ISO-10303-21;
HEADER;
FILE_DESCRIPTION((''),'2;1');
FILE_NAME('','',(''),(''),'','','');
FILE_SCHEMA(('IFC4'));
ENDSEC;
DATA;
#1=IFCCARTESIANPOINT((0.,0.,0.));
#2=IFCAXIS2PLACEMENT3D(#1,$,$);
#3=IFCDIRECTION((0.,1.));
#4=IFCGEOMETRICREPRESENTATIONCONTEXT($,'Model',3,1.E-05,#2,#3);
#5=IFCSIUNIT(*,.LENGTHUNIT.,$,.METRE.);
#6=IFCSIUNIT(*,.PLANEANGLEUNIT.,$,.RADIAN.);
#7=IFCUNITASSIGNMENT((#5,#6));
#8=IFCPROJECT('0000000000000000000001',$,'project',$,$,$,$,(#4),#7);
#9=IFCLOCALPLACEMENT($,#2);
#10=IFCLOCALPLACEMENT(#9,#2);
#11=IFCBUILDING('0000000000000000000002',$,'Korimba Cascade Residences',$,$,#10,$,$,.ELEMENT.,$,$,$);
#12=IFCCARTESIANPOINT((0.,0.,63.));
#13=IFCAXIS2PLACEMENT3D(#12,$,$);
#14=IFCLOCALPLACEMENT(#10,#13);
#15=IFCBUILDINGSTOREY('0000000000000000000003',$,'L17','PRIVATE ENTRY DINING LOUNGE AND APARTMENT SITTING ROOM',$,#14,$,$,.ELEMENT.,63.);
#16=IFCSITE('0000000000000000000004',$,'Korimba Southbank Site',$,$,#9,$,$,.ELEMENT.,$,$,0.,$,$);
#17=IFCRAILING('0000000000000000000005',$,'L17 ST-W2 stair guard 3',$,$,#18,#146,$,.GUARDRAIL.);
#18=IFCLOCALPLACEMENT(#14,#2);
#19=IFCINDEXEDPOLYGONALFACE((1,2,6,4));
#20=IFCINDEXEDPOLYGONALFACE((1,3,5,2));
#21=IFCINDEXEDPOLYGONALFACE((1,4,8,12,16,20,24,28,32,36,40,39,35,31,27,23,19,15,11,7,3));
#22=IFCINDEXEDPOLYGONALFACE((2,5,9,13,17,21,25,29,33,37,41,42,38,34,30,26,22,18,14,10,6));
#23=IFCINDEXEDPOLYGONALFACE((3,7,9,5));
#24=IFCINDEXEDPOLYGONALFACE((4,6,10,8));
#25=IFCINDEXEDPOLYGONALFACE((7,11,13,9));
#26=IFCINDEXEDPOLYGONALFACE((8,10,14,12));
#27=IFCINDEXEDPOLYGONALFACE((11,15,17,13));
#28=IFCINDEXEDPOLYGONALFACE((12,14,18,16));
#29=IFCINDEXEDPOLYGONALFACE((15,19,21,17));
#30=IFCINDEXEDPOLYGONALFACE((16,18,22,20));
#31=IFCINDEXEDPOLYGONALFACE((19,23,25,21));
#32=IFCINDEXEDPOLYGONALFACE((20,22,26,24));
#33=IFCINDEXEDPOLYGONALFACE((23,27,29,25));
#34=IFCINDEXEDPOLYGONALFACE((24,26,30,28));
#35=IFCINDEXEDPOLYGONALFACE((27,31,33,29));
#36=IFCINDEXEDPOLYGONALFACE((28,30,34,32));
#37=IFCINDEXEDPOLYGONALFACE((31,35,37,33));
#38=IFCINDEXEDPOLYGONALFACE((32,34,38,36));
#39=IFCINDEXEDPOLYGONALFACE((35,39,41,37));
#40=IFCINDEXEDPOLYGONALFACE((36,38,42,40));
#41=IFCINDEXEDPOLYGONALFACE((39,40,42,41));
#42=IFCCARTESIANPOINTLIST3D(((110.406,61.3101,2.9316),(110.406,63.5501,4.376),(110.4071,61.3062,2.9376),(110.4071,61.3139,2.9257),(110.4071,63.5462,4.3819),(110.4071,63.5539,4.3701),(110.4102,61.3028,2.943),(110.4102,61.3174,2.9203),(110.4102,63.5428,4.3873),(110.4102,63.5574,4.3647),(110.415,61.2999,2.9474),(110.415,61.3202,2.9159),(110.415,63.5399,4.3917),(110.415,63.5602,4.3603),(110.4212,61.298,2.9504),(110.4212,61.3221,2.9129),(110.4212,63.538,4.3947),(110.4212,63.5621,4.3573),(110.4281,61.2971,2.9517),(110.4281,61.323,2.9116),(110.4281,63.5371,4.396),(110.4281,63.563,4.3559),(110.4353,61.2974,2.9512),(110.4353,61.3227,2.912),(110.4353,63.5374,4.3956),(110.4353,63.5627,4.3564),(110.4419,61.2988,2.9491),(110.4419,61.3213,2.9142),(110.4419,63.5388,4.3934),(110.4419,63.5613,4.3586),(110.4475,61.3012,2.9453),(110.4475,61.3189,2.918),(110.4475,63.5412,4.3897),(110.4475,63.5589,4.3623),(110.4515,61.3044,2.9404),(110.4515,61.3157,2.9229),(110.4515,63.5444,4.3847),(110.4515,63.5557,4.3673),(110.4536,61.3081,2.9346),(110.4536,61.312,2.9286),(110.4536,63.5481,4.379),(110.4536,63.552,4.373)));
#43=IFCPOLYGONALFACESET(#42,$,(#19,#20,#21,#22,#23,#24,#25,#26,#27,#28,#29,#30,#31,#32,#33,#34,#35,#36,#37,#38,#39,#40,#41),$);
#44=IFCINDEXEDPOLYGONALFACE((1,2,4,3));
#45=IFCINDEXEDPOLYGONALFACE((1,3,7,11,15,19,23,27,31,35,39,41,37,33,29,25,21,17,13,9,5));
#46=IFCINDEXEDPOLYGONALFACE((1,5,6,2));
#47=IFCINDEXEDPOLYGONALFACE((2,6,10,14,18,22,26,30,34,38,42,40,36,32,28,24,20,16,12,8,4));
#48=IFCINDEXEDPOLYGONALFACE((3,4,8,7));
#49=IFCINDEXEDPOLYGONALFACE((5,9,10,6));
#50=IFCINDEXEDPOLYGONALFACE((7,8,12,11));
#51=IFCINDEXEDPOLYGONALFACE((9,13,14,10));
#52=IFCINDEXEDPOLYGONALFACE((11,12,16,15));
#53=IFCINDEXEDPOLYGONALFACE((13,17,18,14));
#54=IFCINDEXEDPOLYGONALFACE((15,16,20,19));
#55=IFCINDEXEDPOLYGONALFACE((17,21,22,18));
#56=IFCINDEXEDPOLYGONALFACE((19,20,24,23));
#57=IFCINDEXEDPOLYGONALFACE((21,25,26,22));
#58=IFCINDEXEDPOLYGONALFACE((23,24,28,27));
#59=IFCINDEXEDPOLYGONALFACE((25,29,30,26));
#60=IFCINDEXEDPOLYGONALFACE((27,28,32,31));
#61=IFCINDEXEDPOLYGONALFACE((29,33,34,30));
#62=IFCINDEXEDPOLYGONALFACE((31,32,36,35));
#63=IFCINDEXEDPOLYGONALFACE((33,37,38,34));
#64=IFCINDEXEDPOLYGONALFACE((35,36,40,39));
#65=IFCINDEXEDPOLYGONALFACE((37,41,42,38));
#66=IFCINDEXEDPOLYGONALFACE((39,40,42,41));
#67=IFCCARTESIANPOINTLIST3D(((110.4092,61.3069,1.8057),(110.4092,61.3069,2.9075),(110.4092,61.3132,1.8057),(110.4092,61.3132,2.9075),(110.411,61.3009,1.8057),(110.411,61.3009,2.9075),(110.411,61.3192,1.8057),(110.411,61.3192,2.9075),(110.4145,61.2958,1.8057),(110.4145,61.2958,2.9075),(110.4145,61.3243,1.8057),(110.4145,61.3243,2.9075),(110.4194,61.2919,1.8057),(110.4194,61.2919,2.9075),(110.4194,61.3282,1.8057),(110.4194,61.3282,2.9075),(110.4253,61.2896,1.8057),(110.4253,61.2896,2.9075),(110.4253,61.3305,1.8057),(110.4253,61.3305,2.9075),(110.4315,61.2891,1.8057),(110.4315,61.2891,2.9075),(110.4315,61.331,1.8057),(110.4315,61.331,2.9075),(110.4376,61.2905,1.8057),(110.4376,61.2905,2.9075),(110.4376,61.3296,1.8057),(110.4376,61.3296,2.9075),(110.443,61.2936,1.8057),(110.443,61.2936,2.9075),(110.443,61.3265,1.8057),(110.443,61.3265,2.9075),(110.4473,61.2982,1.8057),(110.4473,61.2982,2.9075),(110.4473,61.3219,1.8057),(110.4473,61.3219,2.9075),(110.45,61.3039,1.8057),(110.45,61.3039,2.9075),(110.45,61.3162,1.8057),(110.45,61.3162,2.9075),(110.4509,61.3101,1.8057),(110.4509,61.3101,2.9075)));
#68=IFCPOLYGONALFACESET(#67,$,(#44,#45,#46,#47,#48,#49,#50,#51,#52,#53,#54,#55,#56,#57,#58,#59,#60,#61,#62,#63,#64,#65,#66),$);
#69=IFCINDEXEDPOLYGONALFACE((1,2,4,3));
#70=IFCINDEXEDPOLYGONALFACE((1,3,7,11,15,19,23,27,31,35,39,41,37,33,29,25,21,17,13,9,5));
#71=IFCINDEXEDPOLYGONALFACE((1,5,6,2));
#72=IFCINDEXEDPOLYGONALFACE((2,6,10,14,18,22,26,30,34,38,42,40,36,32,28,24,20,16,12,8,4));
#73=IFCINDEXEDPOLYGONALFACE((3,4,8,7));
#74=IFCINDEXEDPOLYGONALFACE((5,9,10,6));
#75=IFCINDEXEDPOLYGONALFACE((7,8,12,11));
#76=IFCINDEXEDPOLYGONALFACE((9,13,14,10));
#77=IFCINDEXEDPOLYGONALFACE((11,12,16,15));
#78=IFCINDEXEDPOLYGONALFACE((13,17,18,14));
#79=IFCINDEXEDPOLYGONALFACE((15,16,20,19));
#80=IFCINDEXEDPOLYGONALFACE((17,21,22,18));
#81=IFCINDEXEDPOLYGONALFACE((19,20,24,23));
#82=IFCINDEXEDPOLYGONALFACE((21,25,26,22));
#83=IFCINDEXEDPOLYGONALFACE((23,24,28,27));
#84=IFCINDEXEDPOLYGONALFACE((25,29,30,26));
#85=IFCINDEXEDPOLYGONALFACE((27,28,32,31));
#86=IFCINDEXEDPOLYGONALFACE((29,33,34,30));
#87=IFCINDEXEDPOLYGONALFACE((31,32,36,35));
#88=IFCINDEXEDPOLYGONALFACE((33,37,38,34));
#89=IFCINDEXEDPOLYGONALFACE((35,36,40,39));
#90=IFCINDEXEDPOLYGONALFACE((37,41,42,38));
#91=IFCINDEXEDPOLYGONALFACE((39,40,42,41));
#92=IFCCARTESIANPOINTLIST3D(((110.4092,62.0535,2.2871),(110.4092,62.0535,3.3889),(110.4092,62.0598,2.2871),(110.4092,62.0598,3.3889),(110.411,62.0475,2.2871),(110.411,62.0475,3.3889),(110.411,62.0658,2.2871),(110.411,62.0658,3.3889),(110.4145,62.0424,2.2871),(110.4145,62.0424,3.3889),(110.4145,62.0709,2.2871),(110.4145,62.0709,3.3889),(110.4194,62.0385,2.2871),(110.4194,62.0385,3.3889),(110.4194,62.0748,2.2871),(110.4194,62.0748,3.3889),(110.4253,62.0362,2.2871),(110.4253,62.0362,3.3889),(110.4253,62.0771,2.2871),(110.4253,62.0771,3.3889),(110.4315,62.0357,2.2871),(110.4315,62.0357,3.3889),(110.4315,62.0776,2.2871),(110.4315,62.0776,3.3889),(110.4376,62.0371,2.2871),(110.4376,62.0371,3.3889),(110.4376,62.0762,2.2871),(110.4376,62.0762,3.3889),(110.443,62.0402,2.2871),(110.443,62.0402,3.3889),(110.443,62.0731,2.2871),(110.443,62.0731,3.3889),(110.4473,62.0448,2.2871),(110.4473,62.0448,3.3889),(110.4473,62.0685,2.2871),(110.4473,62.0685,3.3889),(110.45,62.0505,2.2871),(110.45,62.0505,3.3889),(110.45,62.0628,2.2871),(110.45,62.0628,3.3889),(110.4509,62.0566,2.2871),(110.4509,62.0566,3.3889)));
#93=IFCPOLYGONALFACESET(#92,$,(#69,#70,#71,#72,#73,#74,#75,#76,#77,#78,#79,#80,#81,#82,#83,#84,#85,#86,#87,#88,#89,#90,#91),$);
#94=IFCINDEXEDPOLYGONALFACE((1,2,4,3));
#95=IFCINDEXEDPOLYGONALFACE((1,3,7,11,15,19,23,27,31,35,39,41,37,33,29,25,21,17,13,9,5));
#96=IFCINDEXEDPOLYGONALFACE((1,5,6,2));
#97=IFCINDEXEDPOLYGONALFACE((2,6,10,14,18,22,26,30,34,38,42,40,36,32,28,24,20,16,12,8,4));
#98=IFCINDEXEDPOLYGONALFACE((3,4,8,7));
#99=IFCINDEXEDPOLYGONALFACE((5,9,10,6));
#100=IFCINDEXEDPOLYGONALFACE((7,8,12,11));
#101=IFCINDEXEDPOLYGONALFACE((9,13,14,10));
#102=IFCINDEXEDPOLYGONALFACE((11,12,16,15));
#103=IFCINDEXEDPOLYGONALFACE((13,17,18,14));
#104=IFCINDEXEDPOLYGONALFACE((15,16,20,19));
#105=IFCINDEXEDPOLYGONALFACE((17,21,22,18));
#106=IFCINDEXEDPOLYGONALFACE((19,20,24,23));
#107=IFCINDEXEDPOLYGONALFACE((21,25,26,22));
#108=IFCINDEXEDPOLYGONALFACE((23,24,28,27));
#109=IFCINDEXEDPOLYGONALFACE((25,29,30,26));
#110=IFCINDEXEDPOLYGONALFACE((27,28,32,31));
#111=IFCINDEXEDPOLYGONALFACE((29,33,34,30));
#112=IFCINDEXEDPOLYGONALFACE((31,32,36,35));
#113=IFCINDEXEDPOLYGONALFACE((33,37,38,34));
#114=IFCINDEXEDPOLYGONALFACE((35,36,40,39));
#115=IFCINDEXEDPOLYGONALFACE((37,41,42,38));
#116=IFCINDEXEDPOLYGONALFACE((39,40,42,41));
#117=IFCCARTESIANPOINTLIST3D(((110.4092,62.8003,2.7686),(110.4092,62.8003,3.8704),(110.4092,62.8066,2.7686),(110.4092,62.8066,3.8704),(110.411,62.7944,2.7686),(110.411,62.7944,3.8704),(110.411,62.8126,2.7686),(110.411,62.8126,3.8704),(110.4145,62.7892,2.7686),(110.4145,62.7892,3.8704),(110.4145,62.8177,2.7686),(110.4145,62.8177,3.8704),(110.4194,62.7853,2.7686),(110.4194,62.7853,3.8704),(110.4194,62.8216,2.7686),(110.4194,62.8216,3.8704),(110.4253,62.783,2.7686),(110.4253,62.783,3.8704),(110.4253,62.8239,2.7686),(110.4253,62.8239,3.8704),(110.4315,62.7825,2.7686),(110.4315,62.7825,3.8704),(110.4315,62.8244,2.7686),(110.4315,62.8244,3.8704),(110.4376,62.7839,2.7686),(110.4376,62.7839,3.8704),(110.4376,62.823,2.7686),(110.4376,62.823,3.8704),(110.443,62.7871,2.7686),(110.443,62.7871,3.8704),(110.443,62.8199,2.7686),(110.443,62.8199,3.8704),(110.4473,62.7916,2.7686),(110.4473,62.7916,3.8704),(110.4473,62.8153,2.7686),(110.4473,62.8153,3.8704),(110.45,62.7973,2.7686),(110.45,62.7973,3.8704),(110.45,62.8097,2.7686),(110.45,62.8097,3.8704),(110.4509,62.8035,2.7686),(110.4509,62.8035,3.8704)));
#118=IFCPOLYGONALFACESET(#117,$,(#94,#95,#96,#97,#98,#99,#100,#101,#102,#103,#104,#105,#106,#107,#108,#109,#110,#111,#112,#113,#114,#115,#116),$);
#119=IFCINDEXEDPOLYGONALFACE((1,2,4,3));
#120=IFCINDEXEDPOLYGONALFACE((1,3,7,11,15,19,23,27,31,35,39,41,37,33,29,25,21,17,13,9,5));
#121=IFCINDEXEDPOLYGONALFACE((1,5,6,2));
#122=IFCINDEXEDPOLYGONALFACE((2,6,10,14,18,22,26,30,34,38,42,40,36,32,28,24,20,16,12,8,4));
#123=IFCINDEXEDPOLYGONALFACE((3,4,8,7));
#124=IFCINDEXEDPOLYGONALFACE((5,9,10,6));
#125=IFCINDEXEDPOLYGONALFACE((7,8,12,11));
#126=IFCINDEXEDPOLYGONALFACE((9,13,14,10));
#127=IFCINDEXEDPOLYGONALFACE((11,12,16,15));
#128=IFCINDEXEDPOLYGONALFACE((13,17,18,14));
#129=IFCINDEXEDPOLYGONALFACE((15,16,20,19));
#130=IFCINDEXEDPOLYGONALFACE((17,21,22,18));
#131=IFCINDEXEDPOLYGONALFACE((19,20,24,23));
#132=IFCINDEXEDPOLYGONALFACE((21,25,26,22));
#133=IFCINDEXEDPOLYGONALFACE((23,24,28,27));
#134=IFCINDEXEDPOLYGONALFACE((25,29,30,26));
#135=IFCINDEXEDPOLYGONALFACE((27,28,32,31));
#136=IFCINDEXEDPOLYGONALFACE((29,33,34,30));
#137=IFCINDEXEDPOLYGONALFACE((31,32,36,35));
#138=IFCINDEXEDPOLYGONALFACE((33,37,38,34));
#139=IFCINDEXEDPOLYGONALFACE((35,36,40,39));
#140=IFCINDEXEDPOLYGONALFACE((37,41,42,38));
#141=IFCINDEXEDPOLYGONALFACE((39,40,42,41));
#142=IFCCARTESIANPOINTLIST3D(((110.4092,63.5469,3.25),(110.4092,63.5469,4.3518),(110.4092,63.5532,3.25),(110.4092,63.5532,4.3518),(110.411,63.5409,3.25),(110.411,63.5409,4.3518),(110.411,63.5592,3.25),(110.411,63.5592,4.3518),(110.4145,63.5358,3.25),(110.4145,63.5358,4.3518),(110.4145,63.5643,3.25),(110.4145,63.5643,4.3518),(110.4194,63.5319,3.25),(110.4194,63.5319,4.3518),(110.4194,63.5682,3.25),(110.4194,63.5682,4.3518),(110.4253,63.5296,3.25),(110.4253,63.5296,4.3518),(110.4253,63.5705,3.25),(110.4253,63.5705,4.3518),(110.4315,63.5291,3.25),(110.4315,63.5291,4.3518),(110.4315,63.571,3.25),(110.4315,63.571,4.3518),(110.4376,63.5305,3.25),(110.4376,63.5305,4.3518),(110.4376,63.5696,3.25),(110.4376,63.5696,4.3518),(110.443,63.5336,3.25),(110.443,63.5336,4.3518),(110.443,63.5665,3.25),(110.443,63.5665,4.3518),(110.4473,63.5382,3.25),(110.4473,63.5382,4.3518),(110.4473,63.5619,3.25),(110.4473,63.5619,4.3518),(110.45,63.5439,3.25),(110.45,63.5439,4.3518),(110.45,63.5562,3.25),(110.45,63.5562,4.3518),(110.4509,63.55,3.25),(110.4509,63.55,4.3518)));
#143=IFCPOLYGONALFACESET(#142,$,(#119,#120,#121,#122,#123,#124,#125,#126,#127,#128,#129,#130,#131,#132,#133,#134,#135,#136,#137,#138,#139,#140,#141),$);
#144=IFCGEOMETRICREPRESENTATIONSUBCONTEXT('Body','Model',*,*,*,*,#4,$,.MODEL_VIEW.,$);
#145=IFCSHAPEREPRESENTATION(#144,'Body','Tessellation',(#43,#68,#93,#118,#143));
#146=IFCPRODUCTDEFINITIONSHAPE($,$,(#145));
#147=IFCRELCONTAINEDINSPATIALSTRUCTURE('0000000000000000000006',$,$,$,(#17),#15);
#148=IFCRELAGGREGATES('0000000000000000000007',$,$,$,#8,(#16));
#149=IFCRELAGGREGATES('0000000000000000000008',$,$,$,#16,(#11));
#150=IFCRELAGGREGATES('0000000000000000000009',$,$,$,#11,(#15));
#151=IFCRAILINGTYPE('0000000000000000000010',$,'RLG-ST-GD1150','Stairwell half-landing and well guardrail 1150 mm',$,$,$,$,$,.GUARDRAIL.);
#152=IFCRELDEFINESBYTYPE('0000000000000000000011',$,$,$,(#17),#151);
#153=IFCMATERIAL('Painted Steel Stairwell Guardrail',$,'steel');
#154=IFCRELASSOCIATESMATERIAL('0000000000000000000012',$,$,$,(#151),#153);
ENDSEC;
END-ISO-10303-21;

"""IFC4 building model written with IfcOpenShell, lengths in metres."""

from ifc_helpers import new_model, si_unit, direction, frame, origin, origin_2d, place, context, subcontext, project, spatial, circle, extrude, material, type_object, element, save


model = new_model("IFC4")

# Units and contexts
model_context = context("Model", 3, precision=1e-05, world=origin(), true_north=direction((0.0, 1.0)))
body_context = subcontext(model_context, "Body", "Model", "MODEL_VIEW")
ifc_project = project(units=[si_unit("LENGTHUNIT", "METRE"), si_unit("PLANEANGLEUNIT", "RADIAN")], contexts=[model_context])

# Site, building, storey
site_placement = place(None, origin())
site = spatial("IfcSite", under=ifc_project, at=site_placement, Name="Korimba Southbank Site", CompositionType="ELEMENT", RefElevation=0.0)
building_placement = place(site_placement, origin())
building = spatial("IfcBuilding", under=site, at=building_placement, Name="Korimba Cascade Residences", CompositionType="ELEMENT")
storey_placement = place(building_placement, frame((0.0, 0.0, 63.0)))
storey = spatial("IfcBuildingStorey", under=building, at=storey_placement, Name="L17", Description="PRIVATE ENTRY DINING LOUNGE AND APARTMENT SITTING ROOM", CompositionType="ELEMENT", Elevation=63.0)

# Railing
ifc_material_1 = material(Name="Painted Steel Stairwell Guardrail", Category="steel")
railing_type_1 = type_object("IfcRailingType", Name="RLG-ST-GD1150", Description="Stairwell half-landing and well guardrail 1150 mm", PredefinedType="GUARDRAIL", material=ifc_material_1)
railing_1_placement = place(storey_placement, frame((110.4299, 61.3101, 1.8057)))
element("IfcRailing", 1, at=railing_1_placement, inside=storey, type_object=railing_type_1, Name="L17 ST-W2 stair guard 3", PredefinedType="GUARDRAIL", context=body_context, shape_type="SweptSolid", body=[
    extrude(circle(Radius=0.0239, at=origin_2d()), frame((0.0, 0.0, 1.126), z_axis=(0.0, 0.840437, 0.54191), x_axis=(-1.0, 0.0, 0.0)), (0.0, 0.0, 1.0), 2.6653),
    extrude(circle(Radius=0.021, at=origin_2d()), origin(), (0.0, 0.0, 1.0), 1.1018),
    extrude(circle(Radius=0.021, at=origin_2d()), frame((0.0, 0.7466, 0.4814)), (0.0, 0.0, 1.0), 1.1018),
    extrude(circle(Radius=0.021, at=origin_2d()), frame((0.0, 1.4934, 0.9629)), (0.0, 0.0, 1.0), 1.1018),
    extrude(circle(Radius=0.021, at=origin_2d()), frame((0.0, 2.24, 1.4443)), (0.0, 0.0, 1.0), 1.1018),
])

save(model, "model.ifc")
